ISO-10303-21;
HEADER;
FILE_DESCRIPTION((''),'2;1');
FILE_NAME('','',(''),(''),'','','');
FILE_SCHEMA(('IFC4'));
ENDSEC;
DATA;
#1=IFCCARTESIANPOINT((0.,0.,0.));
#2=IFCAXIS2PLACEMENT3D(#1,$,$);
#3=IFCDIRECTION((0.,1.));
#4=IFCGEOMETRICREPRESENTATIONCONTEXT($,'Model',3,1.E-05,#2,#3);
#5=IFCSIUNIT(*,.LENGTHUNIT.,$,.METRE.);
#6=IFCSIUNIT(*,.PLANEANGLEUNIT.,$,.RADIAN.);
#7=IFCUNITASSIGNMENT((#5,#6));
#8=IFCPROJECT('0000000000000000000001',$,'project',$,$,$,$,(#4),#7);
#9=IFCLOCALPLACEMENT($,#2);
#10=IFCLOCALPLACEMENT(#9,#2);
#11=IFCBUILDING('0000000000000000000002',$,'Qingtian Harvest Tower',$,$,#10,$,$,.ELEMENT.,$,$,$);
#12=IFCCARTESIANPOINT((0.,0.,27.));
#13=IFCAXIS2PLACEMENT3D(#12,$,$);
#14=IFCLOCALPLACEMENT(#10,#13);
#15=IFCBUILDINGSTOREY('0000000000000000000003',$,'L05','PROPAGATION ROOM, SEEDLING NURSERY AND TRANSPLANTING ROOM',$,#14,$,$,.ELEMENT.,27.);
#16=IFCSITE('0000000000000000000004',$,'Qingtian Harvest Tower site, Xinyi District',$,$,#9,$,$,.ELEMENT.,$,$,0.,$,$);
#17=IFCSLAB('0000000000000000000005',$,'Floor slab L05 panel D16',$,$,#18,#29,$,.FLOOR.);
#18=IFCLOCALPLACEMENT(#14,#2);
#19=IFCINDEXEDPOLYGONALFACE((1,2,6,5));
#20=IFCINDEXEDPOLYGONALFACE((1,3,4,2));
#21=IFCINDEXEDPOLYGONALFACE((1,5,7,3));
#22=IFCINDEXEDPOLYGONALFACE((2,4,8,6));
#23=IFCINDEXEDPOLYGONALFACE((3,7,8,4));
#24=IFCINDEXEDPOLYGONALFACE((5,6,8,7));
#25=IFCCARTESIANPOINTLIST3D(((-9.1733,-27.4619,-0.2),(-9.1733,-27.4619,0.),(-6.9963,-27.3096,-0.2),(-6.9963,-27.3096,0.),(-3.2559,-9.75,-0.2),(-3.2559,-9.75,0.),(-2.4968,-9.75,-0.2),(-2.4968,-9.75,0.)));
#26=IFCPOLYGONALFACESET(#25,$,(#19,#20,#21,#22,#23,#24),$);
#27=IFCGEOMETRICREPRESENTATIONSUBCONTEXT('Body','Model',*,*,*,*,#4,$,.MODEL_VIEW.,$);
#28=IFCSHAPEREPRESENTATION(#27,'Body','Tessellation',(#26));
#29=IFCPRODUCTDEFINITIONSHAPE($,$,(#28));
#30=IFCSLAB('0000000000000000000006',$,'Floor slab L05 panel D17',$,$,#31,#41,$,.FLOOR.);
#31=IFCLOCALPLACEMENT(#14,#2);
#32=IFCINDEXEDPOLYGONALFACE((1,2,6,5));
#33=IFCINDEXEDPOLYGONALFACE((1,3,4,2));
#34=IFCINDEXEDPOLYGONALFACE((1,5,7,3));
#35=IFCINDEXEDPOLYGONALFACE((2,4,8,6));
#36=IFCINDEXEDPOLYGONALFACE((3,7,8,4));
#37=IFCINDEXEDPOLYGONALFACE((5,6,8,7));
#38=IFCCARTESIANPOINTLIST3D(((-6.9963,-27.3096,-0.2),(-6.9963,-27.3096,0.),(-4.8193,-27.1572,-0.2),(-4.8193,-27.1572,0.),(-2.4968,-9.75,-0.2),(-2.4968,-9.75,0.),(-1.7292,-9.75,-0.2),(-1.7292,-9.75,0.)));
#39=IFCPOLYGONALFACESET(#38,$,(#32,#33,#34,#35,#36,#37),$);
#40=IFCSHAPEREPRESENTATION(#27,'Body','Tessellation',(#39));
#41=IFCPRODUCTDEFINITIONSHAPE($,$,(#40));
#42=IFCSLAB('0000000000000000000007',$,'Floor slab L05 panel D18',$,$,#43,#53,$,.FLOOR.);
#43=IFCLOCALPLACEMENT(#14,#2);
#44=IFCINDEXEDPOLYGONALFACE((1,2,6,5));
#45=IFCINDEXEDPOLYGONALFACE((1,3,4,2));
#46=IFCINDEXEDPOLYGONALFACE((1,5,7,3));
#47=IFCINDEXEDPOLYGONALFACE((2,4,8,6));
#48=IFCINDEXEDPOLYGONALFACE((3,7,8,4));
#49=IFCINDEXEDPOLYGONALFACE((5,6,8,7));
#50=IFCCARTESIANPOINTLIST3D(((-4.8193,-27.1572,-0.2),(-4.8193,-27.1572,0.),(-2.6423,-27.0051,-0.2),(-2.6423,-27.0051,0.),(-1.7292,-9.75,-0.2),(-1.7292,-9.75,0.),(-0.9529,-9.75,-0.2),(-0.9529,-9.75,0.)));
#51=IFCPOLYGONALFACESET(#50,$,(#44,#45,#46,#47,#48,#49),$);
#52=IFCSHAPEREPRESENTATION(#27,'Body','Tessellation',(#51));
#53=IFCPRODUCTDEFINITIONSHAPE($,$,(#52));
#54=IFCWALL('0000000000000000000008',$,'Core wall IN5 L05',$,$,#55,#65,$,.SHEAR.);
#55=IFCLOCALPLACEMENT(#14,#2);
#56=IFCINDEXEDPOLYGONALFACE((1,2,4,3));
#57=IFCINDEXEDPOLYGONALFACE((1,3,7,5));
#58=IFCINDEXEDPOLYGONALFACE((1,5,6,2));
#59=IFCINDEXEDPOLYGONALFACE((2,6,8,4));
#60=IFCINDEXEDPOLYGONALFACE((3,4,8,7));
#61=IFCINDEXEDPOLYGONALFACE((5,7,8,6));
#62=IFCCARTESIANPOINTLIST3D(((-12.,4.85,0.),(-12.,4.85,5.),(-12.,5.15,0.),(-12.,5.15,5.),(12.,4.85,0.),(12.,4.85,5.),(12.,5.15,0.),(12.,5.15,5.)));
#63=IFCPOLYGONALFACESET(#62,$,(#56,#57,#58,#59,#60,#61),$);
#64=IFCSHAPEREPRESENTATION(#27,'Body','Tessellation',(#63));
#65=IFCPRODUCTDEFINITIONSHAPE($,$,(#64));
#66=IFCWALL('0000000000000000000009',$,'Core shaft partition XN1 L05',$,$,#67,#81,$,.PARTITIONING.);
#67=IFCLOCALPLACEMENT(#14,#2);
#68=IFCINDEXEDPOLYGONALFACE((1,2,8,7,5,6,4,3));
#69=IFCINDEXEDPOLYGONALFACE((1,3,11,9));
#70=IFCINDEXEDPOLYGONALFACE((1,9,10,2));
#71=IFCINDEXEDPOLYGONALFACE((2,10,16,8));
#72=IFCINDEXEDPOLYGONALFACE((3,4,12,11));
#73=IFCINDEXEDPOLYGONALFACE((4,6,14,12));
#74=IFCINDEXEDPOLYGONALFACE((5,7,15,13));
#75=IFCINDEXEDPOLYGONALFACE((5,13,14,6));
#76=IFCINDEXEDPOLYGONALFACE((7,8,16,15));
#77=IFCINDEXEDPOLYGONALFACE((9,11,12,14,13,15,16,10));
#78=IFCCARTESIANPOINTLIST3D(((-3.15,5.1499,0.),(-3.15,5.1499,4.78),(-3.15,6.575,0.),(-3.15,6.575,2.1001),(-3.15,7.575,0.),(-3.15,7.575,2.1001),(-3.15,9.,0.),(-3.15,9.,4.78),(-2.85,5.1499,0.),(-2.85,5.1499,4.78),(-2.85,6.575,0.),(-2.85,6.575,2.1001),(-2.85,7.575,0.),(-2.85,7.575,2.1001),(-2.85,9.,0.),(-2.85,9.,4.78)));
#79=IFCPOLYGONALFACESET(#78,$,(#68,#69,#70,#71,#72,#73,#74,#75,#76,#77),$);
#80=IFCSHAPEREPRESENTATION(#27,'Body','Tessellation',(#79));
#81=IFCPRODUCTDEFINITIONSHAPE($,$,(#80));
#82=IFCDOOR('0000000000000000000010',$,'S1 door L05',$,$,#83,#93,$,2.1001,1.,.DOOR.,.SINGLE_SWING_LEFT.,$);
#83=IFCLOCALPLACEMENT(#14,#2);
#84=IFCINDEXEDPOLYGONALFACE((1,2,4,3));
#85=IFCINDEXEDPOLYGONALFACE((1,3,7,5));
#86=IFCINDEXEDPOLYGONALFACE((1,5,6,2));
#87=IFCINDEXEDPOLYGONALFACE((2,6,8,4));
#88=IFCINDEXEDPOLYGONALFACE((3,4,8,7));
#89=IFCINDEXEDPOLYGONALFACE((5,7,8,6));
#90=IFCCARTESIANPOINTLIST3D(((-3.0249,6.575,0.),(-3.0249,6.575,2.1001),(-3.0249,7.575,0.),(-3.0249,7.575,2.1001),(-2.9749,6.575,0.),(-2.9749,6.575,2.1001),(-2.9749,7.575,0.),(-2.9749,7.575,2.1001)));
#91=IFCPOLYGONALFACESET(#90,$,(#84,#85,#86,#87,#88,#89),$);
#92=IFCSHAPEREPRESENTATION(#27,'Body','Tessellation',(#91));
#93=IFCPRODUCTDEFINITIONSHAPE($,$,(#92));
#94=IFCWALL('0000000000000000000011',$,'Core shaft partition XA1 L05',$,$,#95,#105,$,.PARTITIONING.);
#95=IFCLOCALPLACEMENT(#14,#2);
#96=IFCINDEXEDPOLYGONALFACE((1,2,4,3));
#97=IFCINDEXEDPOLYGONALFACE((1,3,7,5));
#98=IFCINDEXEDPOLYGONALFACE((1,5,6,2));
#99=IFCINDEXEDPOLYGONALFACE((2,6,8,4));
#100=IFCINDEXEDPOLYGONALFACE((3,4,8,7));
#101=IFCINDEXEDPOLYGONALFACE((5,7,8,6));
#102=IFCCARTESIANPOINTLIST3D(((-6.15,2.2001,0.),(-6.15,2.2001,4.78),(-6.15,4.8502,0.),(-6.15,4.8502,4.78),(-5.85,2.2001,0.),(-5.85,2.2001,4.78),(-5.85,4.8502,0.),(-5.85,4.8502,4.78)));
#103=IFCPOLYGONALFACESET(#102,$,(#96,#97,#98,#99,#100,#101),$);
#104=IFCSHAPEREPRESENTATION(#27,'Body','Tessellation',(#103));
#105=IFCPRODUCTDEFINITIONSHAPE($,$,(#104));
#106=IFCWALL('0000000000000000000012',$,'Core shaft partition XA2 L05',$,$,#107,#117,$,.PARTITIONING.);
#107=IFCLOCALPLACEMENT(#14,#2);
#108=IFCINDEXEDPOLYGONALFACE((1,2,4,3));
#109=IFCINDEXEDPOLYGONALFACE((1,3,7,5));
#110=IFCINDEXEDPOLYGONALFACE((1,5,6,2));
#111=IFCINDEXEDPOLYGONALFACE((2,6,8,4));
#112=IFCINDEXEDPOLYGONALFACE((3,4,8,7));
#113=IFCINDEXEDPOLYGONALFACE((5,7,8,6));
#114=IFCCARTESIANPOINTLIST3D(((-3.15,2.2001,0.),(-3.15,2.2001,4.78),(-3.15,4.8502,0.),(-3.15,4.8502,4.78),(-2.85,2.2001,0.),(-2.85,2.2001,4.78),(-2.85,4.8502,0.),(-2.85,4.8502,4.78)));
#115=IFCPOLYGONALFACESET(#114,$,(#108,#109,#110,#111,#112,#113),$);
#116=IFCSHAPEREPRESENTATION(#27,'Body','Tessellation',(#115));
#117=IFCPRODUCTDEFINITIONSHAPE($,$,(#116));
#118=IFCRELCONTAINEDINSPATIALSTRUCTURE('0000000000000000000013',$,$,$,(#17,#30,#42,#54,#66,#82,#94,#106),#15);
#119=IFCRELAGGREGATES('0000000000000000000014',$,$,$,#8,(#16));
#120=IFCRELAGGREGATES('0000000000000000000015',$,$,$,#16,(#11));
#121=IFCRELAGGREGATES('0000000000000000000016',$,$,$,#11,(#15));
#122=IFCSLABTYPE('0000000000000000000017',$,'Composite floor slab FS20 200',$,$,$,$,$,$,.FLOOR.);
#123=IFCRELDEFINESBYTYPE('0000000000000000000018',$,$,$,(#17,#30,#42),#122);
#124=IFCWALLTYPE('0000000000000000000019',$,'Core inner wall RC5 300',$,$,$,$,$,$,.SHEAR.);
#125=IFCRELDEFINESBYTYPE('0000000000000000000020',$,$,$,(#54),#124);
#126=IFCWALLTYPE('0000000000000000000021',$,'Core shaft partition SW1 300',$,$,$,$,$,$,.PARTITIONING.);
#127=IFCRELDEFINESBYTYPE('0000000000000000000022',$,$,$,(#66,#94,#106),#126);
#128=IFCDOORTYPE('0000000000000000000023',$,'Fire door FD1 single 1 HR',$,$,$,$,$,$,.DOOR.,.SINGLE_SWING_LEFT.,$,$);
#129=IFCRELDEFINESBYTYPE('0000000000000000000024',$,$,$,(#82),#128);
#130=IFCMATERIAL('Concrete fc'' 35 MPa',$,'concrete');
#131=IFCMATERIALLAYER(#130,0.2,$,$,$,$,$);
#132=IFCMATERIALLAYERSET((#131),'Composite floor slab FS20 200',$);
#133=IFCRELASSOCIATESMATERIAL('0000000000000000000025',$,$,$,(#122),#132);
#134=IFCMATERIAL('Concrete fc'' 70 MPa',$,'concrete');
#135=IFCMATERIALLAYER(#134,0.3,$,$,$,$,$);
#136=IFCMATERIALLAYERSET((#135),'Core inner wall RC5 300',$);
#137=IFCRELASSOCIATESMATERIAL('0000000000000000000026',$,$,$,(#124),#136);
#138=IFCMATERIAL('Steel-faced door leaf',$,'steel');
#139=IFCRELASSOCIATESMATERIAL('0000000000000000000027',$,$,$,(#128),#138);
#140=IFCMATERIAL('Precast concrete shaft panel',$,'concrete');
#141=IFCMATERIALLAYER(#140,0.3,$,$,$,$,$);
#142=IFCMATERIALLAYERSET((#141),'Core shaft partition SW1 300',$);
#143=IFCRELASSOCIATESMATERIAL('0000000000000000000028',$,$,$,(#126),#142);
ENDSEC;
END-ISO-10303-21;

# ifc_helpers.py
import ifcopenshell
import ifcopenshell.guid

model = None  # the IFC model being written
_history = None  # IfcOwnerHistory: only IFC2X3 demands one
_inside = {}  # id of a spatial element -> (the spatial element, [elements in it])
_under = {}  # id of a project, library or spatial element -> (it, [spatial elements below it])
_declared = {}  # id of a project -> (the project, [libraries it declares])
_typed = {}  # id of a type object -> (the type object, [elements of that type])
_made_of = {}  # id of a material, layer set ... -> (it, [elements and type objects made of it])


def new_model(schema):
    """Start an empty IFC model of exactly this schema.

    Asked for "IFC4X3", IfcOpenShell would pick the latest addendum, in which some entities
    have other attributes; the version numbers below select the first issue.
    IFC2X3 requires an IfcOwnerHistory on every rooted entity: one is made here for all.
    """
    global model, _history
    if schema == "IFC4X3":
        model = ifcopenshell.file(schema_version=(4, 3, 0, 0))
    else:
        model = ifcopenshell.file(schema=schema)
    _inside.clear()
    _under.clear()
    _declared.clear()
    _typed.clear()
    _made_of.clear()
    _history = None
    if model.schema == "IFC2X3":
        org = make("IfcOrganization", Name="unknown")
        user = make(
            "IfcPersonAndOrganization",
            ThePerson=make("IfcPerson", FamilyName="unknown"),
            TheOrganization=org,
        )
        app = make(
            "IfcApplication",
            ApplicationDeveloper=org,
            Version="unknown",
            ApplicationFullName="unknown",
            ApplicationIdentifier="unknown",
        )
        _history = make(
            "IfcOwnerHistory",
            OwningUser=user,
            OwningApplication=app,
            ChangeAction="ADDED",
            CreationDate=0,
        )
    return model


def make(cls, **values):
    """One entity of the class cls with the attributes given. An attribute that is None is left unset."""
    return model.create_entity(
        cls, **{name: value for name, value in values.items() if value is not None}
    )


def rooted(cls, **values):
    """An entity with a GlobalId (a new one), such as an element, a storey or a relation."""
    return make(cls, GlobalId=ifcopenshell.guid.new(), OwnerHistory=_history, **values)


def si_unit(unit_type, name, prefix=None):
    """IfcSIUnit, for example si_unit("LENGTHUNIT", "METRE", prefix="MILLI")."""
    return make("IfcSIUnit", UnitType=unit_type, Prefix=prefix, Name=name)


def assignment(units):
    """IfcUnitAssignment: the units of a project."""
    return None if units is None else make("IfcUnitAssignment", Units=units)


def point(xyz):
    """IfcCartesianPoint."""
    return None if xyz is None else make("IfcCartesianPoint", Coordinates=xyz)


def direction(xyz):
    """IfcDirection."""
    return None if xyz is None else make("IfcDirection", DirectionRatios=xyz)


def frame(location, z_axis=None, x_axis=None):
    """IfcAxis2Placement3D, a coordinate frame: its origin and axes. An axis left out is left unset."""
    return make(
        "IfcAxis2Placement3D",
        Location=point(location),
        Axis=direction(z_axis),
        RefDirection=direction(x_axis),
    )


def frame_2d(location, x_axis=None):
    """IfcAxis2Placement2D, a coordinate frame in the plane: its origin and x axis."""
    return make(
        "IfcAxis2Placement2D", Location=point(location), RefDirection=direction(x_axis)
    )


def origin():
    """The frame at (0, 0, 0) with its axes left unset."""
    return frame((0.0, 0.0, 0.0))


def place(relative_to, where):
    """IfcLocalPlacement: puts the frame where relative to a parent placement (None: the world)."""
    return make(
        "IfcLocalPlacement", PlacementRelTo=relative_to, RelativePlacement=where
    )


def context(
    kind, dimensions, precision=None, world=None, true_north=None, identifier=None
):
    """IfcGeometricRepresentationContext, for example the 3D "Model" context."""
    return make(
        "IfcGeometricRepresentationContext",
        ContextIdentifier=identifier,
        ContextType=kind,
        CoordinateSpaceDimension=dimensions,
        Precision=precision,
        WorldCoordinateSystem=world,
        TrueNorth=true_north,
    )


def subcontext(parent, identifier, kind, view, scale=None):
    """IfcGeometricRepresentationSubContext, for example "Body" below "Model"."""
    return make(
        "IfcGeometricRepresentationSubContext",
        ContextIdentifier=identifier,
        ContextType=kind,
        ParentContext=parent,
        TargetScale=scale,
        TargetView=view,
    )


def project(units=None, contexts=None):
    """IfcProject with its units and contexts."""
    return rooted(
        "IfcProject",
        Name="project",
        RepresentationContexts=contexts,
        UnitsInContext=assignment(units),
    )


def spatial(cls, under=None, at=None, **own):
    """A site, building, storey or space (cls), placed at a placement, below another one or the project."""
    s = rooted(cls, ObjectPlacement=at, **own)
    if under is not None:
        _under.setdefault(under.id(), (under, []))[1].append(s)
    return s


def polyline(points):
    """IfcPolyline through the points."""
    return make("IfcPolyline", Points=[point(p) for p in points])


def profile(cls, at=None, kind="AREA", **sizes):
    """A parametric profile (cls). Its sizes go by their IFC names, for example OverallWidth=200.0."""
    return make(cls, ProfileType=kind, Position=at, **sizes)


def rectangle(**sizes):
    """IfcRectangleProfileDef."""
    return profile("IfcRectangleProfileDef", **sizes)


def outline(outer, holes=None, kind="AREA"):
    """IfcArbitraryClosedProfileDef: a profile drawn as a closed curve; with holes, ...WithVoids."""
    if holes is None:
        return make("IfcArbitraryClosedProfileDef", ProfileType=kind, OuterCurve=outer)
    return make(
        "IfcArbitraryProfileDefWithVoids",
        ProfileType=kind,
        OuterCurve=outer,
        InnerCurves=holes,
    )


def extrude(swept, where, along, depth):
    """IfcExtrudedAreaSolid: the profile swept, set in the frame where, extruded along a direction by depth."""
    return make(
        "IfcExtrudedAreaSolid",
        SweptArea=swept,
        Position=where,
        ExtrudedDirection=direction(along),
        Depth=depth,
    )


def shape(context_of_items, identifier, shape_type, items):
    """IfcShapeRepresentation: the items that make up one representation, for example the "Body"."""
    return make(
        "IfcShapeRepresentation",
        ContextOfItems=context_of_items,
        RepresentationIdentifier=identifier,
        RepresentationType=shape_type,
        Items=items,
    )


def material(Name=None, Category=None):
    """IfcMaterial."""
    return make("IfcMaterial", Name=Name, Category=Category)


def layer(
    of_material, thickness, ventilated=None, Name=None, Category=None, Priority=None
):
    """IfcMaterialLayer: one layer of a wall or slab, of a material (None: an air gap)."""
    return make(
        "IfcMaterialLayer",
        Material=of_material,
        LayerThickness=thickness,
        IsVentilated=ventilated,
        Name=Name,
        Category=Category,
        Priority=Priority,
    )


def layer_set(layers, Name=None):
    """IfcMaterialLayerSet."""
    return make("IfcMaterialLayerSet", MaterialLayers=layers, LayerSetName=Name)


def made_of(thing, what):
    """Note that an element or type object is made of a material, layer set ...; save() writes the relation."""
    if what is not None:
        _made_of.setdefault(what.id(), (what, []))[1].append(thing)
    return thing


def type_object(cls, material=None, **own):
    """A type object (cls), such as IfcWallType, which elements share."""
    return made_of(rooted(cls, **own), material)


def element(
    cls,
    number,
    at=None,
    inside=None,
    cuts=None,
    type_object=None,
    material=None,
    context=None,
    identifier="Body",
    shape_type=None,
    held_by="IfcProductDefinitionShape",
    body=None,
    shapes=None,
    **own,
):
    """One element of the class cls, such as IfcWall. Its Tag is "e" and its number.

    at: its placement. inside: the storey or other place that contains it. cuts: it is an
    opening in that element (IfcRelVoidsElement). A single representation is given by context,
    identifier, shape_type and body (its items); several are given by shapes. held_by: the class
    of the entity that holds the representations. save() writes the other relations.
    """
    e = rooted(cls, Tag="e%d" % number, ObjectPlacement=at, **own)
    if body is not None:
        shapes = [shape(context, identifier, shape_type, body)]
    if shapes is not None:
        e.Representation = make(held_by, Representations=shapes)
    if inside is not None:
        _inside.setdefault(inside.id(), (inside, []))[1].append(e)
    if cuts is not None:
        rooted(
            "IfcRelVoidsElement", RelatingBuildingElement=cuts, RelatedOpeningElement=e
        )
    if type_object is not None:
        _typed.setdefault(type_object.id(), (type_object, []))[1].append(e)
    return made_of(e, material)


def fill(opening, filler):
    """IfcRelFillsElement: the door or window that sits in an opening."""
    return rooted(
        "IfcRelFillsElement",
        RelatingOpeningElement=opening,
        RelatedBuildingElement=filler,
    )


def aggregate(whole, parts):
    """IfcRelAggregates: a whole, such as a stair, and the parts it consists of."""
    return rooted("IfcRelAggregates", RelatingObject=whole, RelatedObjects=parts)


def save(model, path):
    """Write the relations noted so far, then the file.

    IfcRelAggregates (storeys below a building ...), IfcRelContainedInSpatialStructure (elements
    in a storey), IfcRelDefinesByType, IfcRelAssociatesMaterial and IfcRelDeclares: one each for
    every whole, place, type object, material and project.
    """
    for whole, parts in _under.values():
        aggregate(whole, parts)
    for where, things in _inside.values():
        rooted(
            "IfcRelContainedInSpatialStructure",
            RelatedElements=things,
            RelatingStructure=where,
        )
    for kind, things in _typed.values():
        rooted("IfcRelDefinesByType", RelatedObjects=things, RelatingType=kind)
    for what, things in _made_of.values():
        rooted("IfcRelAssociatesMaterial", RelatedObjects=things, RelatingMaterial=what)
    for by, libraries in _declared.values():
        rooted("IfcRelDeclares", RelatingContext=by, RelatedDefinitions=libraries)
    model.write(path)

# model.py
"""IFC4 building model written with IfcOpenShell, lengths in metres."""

from ifc_helpers import new_model, si_unit, direction, frame, frame_2d, origin, place, context, subcontext, project, spatial, polyline, rectangle, outline, extrude, material, layer, layer_set, type_object, element, fill, save


model = new_model("IFC4")

# Units and contexts
model_context = context("Model", 3, precision=1e-05, world=origin(), true_north=direction((0.0, 1.0)))
body_context = subcontext(model_context, "Body", "Model", "MODEL_VIEW")
ifc_project = project(units=[si_unit("LENGTHUNIT", "METRE"), si_unit("PLANEANGLEUNIT", "RADIAN")], contexts=[model_context])

# Site, building, storey
site_placement = place(None, origin())
site = spatial("IfcSite", under=ifc_project, at=site_placement, Name="Qingtian Harvest Tower site, Xinyi District", CompositionType="ELEMENT", RefElevation=0.0)
building_placement = place(site_placement, origin())
building = spatial("IfcBuilding", under=site, at=building_placement, Name="Qingtian Harvest Tower", CompositionType="ELEMENT")
storey_placement = place(building_placement, frame((0.0, 0.0, 27.0)))
storey = spatial("IfcBuildingStorey", under=building, at=storey_placement, Name="L05", Description="PROPAGATION ROOM, SEEDLING NURSERY AND TRANSPLANTING ROOM", CompositionType="ELEMENT", Elevation=27.0)

# Slabs
ifc_material_1 = material(Name="Concrete fc' 35 MPa", Category="concrete")
ifc_layer_1 = layer(ifc_material_1, 0.2)
ifc_layer_set_1 = layer_set([ifc_layer_1], Name="Composite floor slab FS20 200")
slab_type = type_object("IfcSlabType", Name="Composite floor slab FS20 200", PredefinedType="FLOOR", material=ifc_layer_set_1)
slab_1_placement = place(storey_placement, frame((0.0, 0.0, -0.2)))
element("IfcSlab", 1, at=slab_1_placement, inside=storey, type_object=slab_type, Name="Floor slab L05 panel D16", PredefinedType="FLOOR", context=body_context, shape_type="SweptSolid", body=[
    extrude(outline(polyline([(-2.4968, -9.75), (-6.9963, -27.3096), (-9.1733, -27.4619), (-3.2559, -9.75), (-2.4968, -9.75)])), origin(), (0.0, 0.0, 1.0), 0.2),
])
slab_2_placement = place(storey_placement, frame((0.0, 0.0, -0.2)))
element("IfcSlab", 2, at=slab_2_placement, inside=storey, type_object=slab_type, Name="Floor slab L05 panel D17", PredefinedType="FLOOR", context=body_context, shape_type="SweptSolid", body=[
    extrude(outline(polyline([(-1.7292, -9.75), (-4.8193, -27.1572), (-6.9963, -27.3096), (-2.4968, -9.75), (-1.7292, -9.75)])), origin(), (0.0, 0.0, 1.0), 0.2),
])
slab_3_placement = place(storey_placement, frame((0.0, 0.0, -0.2)))
element("IfcSlab", 3, at=slab_3_placement, inside=storey, type_object=slab_type, Name="Floor slab L05 panel D18", PredefinedType="FLOOR", context=body_context, shape_type="SweptSolid", body=[
    extrude(outline(polyline([(-0.9529, -9.75), (-2.6423, -27.0051), (-4.8193, -27.1572), (-1.7292, -9.75), (-0.9529, -9.75)])), origin(), (0.0, 0.0, 1.0), 0.2),
])

# Wall
ifc_material_2 = material(Name="Concrete fc' 70 MPa", Category="concrete")
ifc_layer_2 = layer(ifc_material_2, 0.3)
ifc_layer_set_2 = layer_set([ifc_layer_2], Name="Core inner wall RC5 300")
wall_type_1 = type_object("IfcWallType", Name="Core inner wall RC5 300", PredefinedType="SHEAR", material=ifc_layer_set_2)
wall_1_placement = place(storey_placement, frame((-12.0, 5.0, 0.0), z_axis=(0.0, 0.0, 1.0), x_axis=(1.0, 0.0, 0.0)))
element("IfcWall", 4, at=wall_1_placement, inside=storey, type_object=wall_type_1, Name="Core wall IN5 L05", PredefinedType="SHEAR", context=body_context, shape_type="SweptSolid", body=[
    extrude(rectangle(XDim=24.0, YDim=0.3, at=frame_2d((12.0, 0.0))), origin(), (0.0, 0.0, 1.0), 5.0),
])

# Shared definitions
ifc_material_3 = material(Name="Steel-faced door leaf", Category="steel")
door_type_1 = type_object("IfcDoorType", Name="Fire door FD1 single 1 HR", OperationType="SINGLE_SWING_LEFT", PredefinedType="DOOR", material=ifc_material_3)

# Wall, opening, door
ifc_material_4 = material(Name="Precast concrete shaft panel", Category="concrete")
ifc_layer_3 = layer(ifc_material_4, 0.3)
ifc_layer_set_3 = layer_set([ifc_layer_3], Name="Core shaft partition SW1 300")
wall_type_2 = type_object("IfcWallType", Name="Core shaft partition SW1 300", PredefinedType="PARTITIONING", material=ifc_layer_set_3)
wall_2_placement = place(storey_placement, frame((-3.0, 5.1499, 0.0), z_axis=(0.0, 0.0, 1.0), x_axis=(0.0, 1.0, 0.0)))
wall_2 = element("IfcWall", 5, at=wall_2_placement, inside=storey, type_object=wall_type_2, Name="Core shaft partition XN1 L05", PredefinedType="PARTITIONING", context=body_context, shape_type="SweptSolid", body=[
    extrude(rectangle(XDim=3.8501, YDim=0.3, at=frame_2d((1.925, 0.0))), origin(), (0.0, 0.0, 1.0), 4.78),
])
opening_1_placement = place(wall_2_placement, frame((1.425, 0.0, 0.0)))
opening_1 = element("IfcOpeningElement", 6, at=opening_1_placement, cuts=wall_2, PredefinedType="OPENING", context=body_context, shape_type="SweptSolid", body=[
    extrude(rectangle(XDim=1.0, YDim=2.1001, at=frame_2d((0.5, 1.05))), frame((0.0, 0.1599, 0.0), z_axis=(0.0, -1.0, 0.0), x_axis=(1.0, 0.0, 0.0)), (0.0, 0.0, 1.0), 0.3201),
])
door_1_placement = place(opening_1_placement, origin())
door_1 = element("IfcDoor", 7, at=door_1_placement, inside=storey, type_object=door_type_1, Name="S1 door L05", OperationType="SINGLE_SWING_LEFT", OverallHeight=2.1001, OverallWidth=1.0, PredefinedType="DOOR", context=body_context, shape_type="SweptSolid", body=[
    extrude(rectangle(XDim=1.0, YDim=2.1001, at=frame_2d((0.5, 1.05))), frame((0.0, 0.0249, 0.0), z_axis=(0.0, -1.0, 0.0), x_axis=(1.0, 0.0, 0.0)), (0.0, 0.0, 1.0), 0.05),
])
fill(opening_1, door_1)

# Walls
for number, where, z_axis, x_axis, name in (
    (8, (-6.0, 2.2, 0.0), (0.0, 0.0, 1.0), (0.0, 1.0, 0.0), "Core shaft partition XA1 L05"),
    (9, (-3.0, 2.2, 0.0), (0.0, 0.0, 1.0), (0.0, 1.0, 0.0), "Core shaft partition XA2 L05"),
):
    element("IfcWall", number, at=place(storey_placement, frame(where, z_axis=z_axis, x_axis=x_axis)), inside=storey, type_object=wall_type_2, Name=name, PredefinedType="PARTITIONING", context=body_context, shape_type="SweptSolid", body=[
        extrude(rectangle(XDim=2.6501, YDim=0.3, at=frame_2d((1.3252, 0.0))), origin(), (0.0, 0.0, 1.0), 4.78),
    ])

save(model, "model.ifc")
